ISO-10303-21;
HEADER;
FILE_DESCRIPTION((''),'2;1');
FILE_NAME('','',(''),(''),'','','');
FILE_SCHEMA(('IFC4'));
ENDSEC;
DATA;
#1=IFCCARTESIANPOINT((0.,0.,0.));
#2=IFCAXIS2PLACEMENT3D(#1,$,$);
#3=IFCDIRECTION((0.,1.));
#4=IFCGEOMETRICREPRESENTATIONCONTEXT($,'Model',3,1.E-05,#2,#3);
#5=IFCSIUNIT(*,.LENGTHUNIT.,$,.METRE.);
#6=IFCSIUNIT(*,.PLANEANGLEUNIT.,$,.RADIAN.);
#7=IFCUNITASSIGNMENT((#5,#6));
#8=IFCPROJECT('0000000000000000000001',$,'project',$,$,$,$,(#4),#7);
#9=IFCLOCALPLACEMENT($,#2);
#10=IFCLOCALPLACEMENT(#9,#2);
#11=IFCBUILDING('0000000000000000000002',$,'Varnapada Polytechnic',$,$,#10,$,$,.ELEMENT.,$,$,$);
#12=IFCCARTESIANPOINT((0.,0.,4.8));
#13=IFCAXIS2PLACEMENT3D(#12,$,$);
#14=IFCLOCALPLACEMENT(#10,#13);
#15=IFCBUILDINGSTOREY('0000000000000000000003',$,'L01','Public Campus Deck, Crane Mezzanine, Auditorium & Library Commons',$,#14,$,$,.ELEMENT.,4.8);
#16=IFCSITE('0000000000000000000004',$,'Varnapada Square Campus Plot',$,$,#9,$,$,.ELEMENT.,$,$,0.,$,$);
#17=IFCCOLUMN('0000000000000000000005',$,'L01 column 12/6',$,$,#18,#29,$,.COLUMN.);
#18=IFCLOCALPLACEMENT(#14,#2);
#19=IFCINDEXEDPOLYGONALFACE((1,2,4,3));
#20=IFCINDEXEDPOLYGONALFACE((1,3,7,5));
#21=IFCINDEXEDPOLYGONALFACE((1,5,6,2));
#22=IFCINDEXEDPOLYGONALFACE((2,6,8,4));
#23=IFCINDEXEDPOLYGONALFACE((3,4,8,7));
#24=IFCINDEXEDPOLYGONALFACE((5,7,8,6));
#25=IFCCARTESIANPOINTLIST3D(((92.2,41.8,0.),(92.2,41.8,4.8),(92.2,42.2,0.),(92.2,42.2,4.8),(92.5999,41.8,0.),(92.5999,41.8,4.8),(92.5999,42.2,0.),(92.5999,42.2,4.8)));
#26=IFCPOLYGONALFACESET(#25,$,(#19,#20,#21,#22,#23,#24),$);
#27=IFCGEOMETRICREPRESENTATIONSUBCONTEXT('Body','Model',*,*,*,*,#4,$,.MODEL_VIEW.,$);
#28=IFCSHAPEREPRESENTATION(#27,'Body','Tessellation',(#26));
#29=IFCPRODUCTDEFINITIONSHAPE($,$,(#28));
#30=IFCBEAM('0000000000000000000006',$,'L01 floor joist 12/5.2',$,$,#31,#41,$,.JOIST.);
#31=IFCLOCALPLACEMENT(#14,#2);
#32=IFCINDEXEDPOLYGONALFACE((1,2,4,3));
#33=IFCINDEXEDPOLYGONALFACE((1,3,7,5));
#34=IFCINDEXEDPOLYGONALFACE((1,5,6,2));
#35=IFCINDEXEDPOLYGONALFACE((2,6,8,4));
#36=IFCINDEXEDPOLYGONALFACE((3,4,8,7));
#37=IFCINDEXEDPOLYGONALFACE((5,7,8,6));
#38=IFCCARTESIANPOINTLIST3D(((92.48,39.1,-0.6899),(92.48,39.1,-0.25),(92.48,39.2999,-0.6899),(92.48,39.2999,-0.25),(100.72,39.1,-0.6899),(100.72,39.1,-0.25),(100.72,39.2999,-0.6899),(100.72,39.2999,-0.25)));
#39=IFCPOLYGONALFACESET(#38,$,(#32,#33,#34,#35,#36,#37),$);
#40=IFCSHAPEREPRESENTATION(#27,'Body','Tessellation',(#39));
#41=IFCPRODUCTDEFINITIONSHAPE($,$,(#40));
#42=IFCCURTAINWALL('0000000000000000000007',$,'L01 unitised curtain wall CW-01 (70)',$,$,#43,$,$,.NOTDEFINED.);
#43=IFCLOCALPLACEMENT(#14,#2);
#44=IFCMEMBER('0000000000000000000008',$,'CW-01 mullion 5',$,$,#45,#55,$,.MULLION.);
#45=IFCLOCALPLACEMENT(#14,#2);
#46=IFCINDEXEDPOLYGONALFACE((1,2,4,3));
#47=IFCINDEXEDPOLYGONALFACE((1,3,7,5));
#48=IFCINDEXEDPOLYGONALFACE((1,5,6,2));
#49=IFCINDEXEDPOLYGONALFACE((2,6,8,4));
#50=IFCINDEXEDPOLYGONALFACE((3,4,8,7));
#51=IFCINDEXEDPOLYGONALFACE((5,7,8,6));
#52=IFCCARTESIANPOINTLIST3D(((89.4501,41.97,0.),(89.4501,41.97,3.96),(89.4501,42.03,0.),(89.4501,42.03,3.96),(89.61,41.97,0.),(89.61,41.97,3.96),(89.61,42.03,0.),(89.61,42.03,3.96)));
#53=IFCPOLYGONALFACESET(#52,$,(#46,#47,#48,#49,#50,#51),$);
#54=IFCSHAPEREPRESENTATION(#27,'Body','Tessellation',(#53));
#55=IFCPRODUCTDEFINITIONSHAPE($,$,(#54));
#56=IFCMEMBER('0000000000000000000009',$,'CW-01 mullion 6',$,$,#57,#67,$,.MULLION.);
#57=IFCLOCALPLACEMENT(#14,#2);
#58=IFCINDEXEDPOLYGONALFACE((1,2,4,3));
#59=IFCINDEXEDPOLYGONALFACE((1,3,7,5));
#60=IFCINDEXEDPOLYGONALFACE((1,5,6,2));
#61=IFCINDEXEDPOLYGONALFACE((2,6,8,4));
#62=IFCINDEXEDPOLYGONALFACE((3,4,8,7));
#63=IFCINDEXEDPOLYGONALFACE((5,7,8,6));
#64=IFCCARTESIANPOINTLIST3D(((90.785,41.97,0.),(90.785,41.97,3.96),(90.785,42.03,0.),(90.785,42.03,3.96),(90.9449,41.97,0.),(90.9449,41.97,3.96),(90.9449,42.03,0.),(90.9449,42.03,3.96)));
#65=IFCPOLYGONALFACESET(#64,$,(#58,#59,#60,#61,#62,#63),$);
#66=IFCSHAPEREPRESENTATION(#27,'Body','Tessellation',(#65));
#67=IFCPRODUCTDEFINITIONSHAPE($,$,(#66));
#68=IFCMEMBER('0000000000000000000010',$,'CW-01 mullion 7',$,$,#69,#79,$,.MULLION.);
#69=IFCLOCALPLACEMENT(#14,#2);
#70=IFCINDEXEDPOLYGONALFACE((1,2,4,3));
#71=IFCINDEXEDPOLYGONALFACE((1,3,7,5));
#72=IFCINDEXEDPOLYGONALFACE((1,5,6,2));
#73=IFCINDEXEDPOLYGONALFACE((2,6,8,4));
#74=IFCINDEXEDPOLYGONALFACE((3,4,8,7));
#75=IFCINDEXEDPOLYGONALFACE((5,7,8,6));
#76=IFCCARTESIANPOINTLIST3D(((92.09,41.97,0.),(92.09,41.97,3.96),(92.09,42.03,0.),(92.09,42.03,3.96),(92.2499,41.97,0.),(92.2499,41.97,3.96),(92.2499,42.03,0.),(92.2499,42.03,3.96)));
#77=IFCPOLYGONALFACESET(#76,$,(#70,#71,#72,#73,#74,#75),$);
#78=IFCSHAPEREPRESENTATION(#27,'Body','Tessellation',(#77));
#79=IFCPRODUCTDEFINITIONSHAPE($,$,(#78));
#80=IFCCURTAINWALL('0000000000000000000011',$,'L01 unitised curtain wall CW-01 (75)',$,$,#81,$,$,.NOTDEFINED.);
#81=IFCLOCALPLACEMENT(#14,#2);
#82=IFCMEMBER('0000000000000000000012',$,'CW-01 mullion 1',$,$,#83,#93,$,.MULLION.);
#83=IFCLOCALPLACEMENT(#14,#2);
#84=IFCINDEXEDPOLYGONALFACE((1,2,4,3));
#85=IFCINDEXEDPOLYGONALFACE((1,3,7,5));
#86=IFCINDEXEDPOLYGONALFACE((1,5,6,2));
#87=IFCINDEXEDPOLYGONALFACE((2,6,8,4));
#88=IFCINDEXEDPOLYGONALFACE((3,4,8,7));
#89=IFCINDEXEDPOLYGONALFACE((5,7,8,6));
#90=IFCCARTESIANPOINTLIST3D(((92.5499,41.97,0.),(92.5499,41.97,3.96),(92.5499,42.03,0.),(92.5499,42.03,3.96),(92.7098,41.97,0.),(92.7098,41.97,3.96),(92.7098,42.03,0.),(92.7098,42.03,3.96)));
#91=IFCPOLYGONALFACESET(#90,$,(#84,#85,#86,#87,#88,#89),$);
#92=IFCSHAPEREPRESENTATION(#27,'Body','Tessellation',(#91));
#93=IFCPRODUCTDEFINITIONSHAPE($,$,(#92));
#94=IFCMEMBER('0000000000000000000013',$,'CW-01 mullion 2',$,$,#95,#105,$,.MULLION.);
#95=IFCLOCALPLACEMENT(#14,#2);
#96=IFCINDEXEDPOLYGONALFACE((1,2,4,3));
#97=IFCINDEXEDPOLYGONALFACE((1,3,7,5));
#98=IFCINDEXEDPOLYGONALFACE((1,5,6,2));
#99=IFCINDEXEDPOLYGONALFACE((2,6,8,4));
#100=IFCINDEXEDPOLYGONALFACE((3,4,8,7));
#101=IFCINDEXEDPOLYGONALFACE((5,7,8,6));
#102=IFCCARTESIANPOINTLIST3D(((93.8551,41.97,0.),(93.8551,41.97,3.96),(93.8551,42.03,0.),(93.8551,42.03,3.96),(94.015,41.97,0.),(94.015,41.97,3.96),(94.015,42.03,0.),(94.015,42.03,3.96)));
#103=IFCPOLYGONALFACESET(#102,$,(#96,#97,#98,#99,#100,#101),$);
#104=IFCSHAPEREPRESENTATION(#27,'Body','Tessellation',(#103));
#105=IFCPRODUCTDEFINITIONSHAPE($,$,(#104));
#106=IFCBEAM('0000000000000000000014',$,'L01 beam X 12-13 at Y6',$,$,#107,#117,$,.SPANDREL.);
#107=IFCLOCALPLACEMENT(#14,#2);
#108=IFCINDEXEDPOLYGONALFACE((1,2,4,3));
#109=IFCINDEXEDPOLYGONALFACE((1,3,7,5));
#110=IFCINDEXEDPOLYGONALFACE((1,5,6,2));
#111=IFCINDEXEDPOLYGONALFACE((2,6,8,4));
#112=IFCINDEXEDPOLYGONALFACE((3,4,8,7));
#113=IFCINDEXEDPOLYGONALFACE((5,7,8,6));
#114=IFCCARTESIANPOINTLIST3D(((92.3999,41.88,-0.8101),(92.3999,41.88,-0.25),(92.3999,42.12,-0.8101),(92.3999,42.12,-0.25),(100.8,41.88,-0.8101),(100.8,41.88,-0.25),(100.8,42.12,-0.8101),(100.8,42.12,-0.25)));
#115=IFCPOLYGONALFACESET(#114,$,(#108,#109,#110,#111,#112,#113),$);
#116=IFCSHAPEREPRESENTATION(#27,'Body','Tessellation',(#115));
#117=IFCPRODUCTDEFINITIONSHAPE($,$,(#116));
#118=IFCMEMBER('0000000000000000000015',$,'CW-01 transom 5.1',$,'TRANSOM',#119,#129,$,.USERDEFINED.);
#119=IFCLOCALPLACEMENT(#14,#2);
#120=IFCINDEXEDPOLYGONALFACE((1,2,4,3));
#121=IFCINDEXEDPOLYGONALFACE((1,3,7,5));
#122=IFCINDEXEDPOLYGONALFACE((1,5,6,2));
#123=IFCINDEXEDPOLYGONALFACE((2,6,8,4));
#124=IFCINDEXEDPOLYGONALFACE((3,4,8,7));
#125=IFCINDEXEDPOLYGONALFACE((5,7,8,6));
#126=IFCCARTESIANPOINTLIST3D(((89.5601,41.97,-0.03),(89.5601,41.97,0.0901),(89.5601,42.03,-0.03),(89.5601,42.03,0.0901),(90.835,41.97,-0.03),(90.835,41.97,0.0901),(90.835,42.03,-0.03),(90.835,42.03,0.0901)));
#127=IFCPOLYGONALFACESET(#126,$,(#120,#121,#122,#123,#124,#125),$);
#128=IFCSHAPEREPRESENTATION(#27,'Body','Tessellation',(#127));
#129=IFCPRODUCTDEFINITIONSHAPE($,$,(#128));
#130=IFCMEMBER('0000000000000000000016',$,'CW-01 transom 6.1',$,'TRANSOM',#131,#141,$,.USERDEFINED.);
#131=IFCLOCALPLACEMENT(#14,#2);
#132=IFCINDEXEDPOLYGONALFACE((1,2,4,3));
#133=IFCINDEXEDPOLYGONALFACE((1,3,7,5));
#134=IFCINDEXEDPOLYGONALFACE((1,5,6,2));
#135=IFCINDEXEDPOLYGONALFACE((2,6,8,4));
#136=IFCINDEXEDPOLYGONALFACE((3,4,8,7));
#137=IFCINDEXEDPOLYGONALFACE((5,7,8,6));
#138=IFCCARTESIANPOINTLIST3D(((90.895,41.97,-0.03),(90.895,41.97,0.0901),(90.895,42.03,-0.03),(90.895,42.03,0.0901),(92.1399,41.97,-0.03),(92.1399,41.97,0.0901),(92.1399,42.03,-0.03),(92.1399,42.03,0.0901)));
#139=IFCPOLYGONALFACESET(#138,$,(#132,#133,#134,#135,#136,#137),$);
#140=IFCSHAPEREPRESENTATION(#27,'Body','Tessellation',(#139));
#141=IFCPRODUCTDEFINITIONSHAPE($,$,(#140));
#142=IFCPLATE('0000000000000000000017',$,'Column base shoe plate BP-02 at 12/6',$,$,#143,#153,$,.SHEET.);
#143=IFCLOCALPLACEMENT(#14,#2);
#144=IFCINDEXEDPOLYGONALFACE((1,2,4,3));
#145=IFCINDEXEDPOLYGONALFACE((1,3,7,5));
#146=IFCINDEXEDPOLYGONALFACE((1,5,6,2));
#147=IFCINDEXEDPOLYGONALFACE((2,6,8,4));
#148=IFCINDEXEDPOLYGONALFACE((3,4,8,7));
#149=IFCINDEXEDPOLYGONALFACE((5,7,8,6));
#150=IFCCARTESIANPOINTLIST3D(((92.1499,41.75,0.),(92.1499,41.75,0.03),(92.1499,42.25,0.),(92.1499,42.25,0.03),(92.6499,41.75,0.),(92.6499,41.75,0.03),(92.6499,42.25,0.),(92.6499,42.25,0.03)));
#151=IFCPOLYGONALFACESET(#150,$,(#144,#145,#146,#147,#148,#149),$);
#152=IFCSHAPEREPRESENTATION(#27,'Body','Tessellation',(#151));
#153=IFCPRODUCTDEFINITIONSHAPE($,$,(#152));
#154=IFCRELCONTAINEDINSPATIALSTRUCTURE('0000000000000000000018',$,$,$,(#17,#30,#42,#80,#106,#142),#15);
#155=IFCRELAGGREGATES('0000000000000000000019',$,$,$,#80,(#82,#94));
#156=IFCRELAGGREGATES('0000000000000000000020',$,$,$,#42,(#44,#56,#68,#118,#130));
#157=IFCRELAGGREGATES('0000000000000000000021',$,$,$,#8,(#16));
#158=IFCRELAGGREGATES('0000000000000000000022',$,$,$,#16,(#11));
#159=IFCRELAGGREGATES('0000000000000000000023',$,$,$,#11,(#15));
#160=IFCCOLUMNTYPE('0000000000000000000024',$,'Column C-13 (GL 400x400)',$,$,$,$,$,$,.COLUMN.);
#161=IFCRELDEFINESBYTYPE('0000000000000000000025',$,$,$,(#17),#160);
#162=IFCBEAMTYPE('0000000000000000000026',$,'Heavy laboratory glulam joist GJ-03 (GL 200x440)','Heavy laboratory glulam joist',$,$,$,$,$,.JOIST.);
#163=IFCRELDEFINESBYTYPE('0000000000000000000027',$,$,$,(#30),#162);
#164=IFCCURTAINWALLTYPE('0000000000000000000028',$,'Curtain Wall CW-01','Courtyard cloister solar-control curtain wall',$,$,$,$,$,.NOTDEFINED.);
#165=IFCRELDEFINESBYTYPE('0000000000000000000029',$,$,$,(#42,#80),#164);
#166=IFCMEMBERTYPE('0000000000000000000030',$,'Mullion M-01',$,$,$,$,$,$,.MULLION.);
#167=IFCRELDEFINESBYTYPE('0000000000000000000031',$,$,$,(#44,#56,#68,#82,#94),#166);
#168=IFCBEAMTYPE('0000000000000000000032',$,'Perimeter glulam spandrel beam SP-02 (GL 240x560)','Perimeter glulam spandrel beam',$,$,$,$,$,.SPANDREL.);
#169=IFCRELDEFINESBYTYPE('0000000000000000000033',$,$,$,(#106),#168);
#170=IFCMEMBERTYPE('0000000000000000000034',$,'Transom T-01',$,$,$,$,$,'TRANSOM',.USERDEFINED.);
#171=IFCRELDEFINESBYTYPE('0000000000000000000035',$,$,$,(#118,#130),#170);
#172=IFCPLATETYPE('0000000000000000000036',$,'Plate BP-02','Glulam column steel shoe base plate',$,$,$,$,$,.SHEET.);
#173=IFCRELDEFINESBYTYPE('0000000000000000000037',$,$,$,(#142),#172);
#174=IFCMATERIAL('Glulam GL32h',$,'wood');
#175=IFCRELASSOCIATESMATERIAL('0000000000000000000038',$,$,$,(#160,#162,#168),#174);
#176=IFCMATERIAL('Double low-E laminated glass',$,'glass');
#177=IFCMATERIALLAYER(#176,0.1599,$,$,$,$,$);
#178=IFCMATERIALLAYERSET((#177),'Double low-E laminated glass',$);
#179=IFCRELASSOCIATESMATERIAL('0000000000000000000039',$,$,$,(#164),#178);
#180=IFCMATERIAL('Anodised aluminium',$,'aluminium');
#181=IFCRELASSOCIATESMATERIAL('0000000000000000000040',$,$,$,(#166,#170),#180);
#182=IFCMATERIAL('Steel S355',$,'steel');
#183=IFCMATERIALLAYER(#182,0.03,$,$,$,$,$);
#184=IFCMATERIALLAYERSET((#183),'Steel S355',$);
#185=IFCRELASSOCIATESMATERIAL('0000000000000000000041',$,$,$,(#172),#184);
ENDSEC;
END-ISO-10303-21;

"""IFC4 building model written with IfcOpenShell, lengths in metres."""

from ifc_helpers import new_model, si_unit, direction, frame, origin, origin_2d, place, context, subcontext, project, spatial, rectangle, extrude, material, layer, layer_set, material_profile, profile_set, type_object, element, aggregate, save


model = new_model("IFC4")

# Units and contexts
model_context = context("Model", 3, precision=1e-05, world=origin(), true_north=direction((0.0, 1.0)))
body_context = subcontext(model_context, "Body", "Model", "MODEL_VIEW")
ifc_project = project(units=[si_unit("LENGTHUNIT", "METRE"), si_unit("PLANEANGLEUNIT", "RADIAN")], contexts=[model_context])

# Site, building, storey
site_placement = place(None, origin())
site = spatial("IfcSite", under=ifc_project, at=site_placement, Name="Varnapada Square Campus Plot", CompositionType="ELEMENT", RefElevation=0.0)
building_placement = place(site_placement, origin())
building = spatial("IfcBuilding", under=site, at=building_placement, Name="Varnapada Polytechnic", CompositionType="ELEMENT")
storey_placement = place(building_placement, frame((0.0, 0.0, 4.8)))
storey = spatial("IfcBuildingStorey", under=building, at=storey_placement, Name="L01", Description="Public Campus Deck, Crane Mezzanine, Auditorium & Library Commons", CompositionType="ELEMENT", Elevation=4.8)

# Column
ifc_material_1 = material(Name="Glulam GL32h", Category="wood")
ifc_material_profile_1 = material_profile(ifc_material_1, rectangle(XDim=0.3999, YDim=0.3999, at=origin_2d()), Name="GL 400x400")
ifc_profile_set_1 = profile_set([ifc_material_profile_1], Name="Glulam GL32h")
column_type = type_object("IfcColumnType", Name="Column C-13 (GL 400x400)", PredefinedType="COLUMN", material=ifc_profile_set_1)
column_placement = place(storey_placement, frame((92.3999, 42.0, 0.0), z_axis=(0.0, 0.0, 1.0), x_axis=(1.0, 0.0, 0.0)))
element("IfcColumn", 1, at=column_placement, inside=storey, type_object=column_type, Name="L01 column 12/6", PredefinedType="COLUMN", context=body_context, shape_type="SweptSolid", body=[
    extrude(rectangle(XDim=0.3999, YDim=0.3999, at=origin_2d()), origin(), (0.0, 0.0, 1.0), 4.8),
])

# Beam
ifc_material_profile_2 = material_profile(ifc_material_1, rectangle(XDim=0.2, YDim=0.4399, at=origin_2d()), Name="GL 200x440")
ifc_profile_set_2 = profile_set([ifc_material_profile_2], Name="Glulam GL32h")
beam_type_1 = type_object("IfcBeamType", Name="Heavy laboratory glulam joist GJ-03 (GL 200x440)", Description="Heavy laboratory glulam joist", PredefinedType="JOIST", material=ifc_profile_set_2)
beam_1_placement = place(storey_placement, frame((92.48, 39.2, -0.47), z_axis=(1.0, 0.0, 0.0), x_axis=(0.0, 1.0, 0.0)))
element("IfcBeam", 2, at=beam_1_placement, inside=storey, type_object=beam_type_1, Name="L01 floor joist 12/5.2", PredefinedType="JOIST", context=body_context, shape_type="SweptSolid", body=[
    extrude(rectangle(XDim=0.2, YDim=0.4399, at=origin_2d()), origin(), (0.0, 0.0, 1.0), 8.24),
])

# Curtain walls, members
ifc_material_2 = material(Name="Double low-E laminated glass", Category="glass")
ifc_layer_1 = layer(ifc_material_2, 0.1599)
ifc_layer_set_1 = layer_set([ifc_layer_1], Name="Double low-E laminated glass")
curtain_wall_type = type_object("IfcCurtainWallType", Name="Curtain Wall CW-01", Description="Courtyard cloister solar-control curtain wall", PredefinedType="NOTDEFINED", material=ifc_layer_set_1)
curtain_wall_1_placement = place(storey_placement, origin())
curtain_wall_1 = element("IfcCurtainWall", 3, at=curtain_wall_1_placement, inside=storey, type_object=curtain_wall_type, Name="L01 unitised curtain wall CW-01 (70)", PredefinedType="NOTDEFINED")
ifc_material_3 = material(Name="Anodised aluminium", Category="aluminium")
ifc_material_profile_3 = material_profile(ifc_material_3, rectangle(XDim=0.0601, YDim=0.1599, at=origin_2d()), Name="ALU M60x160")
ifc_profile_set_3 = profile_set([ifc_material_profile_3], Name="Anodised aluminium")
member_type_1 = type_object("IfcMemberType", Name="Mullion M-01", PredefinedType="MULLION", material=ifc_profile_set_3)
member_1_placement = place(storey_placement, frame((89.53, 42.0, 0.0), z_axis=(0.0, 0.0, 1.0), x_axis=(0.0, 1.0, 0.0)))
member_1 = element("IfcMember", 4, at=member_1_placement, type_object=member_type_1, Name="CW-01 mullion 5", PredefinedType="MULLION", context=body_context, shape_type="SweptSolid", body=[
    extrude(rectangle(XDim=0.0601, YDim=0.1599, at=origin_2d()), origin(), (0.0, 0.0, 1.0), 3.96),
])
member_2_placement = place(storey_placement, frame((90.865, 42.0, 0.0), z_axis=(0.0, 0.0, 1.0), x_axis=(0.0, 1.0, 0.0)))
member_2 = element("IfcMember", 5, at=member_2_placement, type_object=member_type_1, Name="CW-01 mullion 6", PredefinedType="MULLION", context=body_context, shape_type="SweptSolid", body=[
    extrude(rectangle(XDim=0.0601, YDim=0.1599, at=origin_2d()), origin(), (0.0, 0.0, 1.0), 3.96),
])
member_3_placement = place(storey_placement, frame((92.1699, 42.0, 0.0), z_axis=(0.0, 0.0, 1.0), x_axis=(0.0, 1.0, 0.0)))
member_3 = element("IfcMember", 6, at=member_3_placement, type_object=member_type_1, Name="CW-01 mullion 7", PredefinedType="MULLION", context=body_context, shape_type="SweptSolid", body=[
    extrude(rectangle(XDim=0.0601, YDim=0.1599, at=origin_2d()), origin(), (0.0, 0.0, 1.0), 3.96),
])
curtain_wall_2_placement = place(storey_placement, origin())
curtain_wall_2 = element("IfcCurtainWall", 7, at=curtain_wall_2_placement, inside=storey, type_object=curtain_wall_type, Name="L01 unitised curtain wall CW-01 (75)", PredefinedType="NOTDEFINED")
member_4_placement = place(storey_placement, frame((92.6299, 42.0, 0.0), z_axis=(0.0, 0.0, 1.0), x_axis=(0.0, 1.0, 0.0)))
member_4 = element("IfcMember", 8, at=member_4_placement, type_object=member_type_1, Name="CW-01 mullion 1", PredefinedType="MULLION", context=body_context, shape_type="SweptSolid", body=[
    extrude(rectangle(XDim=0.0601, YDim=0.1599, at=origin_2d()), origin(), (0.0, 0.0, 1.0), 3.96),
])
member_5_placement = place(storey_placement, frame((93.9351, 42.0, 0.0), z_axis=(0.0, 0.0, 1.0), x_axis=(0.0, 1.0, 0.0)))
member_5 = element("IfcMember", 9, at=member_5_placement, type_object=member_type_1, Name="CW-01 mullion 2", PredefinedType="MULLION", context=body_context, shape_type="SweptSolid", body=[
    extrude(rectangle(XDim=0.0601, YDim=0.1599, at=origin_2d()), origin(), (0.0, 0.0, 1.0), 3.96),
])
aggregate(curtain_wall_2, [member_4, member_5])

# Beam
ifc_material_profile_4 = material_profile(ifc_material_1, rectangle(XDim=0.24, YDim=0.5601, at=origin_2d()), Name="GL 240x560")
ifc_profile_set_4 = profile_set([ifc_material_profile_4], Name="Glulam GL32h")
beam_type_2 = type_object("IfcBeamType", Name="Perimeter glulam spandrel beam SP-02 (GL 240x560)", Description="Perimeter glulam spandrel beam", PredefinedType="SPANDREL", material=ifc_profile_set_4)
beam_2_placement = place(storey_placement, frame((92.3999, 42.0, -0.53), z_axis=(1.0, 0.0, 0.0), x_axis=(0.0, 1.0, 0.0)))
element("IfcBeam", 10, at=beam_2_placement, inside=storey, type_object=beam_type_2, Name="L01 beam X 12-13 at Y6", PredefinedType="SPANDREL", context=body_context, shape_type="SweptSolid", body=[
    extrude(rectangle(XDim=0.24, YDim=0.5601, at=origin_2d()), origin(), (0.0, 0.0, 1.0), 8.4001),
])

# Members
ifc_material_profile_5 = material_profile(ifc_material_3, rectangle(XDim=0.0601, YDim=0.1201, at=origin_2d()), Name="ALU T60x120")
ifc_profile_set_5 = profile_set([ifc_material_profile_5], Name="Anodised aluminium")
member_type_2 = type_object("IfcMemberType", Name="Transom T-01", ElementType="TRANSOM", PredefinedType="USERDEFINED", material=ifc_profile_set_5)
member_6_placement = place(storey_placement, frame((89.5601, 42.0, 0.03), z_axis=(1.0, 0.0, 0.0), x_axis=(0.0, 1.0, 0.0)))
member_6 = element("IfcMember", 11, at=member_6_placement, type_object=member_type_2, Name="CW-01 transom 5.1", ObjectType="TRANSOM", PredefinedType="USERDEFINED", context=body_context, shape_type="SweptSolid", body=[
    extrude(rectangle(XDim=0.0601, YDim=0.1201, at=origin_2d()), origin(), (0.0, 0.0, 1.0), 1.2749),
])
member_7_placement = place(storey_placement, frame((90.895, 42.0, 0.03), z_axis=(1.0, 0.0, 0.0), x_axis=(0.0, 1.0, 0.0)))
member_7 = element("IfcMember", 12, at=member_7_placement, type_object=member_type_2, Name="CW-01 transom 6.1", ObjectType="TRANSOM", PredefinedType="USERDEFINED", context=body_context, shape_type="SweptSolid", body=[
    extrude(rectangle(XDim=0.0601, YDim=0.1201, at=origin_2d()), origin(), (0.0, 0.0, 1.0), 1.2449),
])
aggregate(curtain_wall_1, [member_1, member_2, member_3, member_6, member_7])

# Plate
ifc_material_4 = material(Name="Steel S355", Category="steel")
ifc_layer_2 = layer(ifc_material_4, 0.03)
ifc_layer_set_2 = layer_set([ifc_layer_2], Name="Steel S355")
plate_type = type_object("IfcPlateType", Name="Plate BP-02", Description="Glulam column steel shoe base plate", PredefinedType="SHEET", material=ifc_layer_set_2)
plate_placement = place(storey_placement, frame((92.3999, 42.0, 0.0), z_axis=(0.0, 0.0, 1.0), x_axis=(1.0, 0.0, 0.0)))
element("IfcPlate", 13, at=plate_placement, inside=storey, type_object=plate_type, Name="Column base shoe plate BP-02 at 12/6", PredefinedType="SHEET", context=body_context, shape_type="SweptSolid", body=[
    extrude(rectangle(XDim=0.5, YDim=0.5, at=origin_2d()), origin(), (0.0, 0.0, 1.0), 0.03),
])

save(model, "model.ifc")
